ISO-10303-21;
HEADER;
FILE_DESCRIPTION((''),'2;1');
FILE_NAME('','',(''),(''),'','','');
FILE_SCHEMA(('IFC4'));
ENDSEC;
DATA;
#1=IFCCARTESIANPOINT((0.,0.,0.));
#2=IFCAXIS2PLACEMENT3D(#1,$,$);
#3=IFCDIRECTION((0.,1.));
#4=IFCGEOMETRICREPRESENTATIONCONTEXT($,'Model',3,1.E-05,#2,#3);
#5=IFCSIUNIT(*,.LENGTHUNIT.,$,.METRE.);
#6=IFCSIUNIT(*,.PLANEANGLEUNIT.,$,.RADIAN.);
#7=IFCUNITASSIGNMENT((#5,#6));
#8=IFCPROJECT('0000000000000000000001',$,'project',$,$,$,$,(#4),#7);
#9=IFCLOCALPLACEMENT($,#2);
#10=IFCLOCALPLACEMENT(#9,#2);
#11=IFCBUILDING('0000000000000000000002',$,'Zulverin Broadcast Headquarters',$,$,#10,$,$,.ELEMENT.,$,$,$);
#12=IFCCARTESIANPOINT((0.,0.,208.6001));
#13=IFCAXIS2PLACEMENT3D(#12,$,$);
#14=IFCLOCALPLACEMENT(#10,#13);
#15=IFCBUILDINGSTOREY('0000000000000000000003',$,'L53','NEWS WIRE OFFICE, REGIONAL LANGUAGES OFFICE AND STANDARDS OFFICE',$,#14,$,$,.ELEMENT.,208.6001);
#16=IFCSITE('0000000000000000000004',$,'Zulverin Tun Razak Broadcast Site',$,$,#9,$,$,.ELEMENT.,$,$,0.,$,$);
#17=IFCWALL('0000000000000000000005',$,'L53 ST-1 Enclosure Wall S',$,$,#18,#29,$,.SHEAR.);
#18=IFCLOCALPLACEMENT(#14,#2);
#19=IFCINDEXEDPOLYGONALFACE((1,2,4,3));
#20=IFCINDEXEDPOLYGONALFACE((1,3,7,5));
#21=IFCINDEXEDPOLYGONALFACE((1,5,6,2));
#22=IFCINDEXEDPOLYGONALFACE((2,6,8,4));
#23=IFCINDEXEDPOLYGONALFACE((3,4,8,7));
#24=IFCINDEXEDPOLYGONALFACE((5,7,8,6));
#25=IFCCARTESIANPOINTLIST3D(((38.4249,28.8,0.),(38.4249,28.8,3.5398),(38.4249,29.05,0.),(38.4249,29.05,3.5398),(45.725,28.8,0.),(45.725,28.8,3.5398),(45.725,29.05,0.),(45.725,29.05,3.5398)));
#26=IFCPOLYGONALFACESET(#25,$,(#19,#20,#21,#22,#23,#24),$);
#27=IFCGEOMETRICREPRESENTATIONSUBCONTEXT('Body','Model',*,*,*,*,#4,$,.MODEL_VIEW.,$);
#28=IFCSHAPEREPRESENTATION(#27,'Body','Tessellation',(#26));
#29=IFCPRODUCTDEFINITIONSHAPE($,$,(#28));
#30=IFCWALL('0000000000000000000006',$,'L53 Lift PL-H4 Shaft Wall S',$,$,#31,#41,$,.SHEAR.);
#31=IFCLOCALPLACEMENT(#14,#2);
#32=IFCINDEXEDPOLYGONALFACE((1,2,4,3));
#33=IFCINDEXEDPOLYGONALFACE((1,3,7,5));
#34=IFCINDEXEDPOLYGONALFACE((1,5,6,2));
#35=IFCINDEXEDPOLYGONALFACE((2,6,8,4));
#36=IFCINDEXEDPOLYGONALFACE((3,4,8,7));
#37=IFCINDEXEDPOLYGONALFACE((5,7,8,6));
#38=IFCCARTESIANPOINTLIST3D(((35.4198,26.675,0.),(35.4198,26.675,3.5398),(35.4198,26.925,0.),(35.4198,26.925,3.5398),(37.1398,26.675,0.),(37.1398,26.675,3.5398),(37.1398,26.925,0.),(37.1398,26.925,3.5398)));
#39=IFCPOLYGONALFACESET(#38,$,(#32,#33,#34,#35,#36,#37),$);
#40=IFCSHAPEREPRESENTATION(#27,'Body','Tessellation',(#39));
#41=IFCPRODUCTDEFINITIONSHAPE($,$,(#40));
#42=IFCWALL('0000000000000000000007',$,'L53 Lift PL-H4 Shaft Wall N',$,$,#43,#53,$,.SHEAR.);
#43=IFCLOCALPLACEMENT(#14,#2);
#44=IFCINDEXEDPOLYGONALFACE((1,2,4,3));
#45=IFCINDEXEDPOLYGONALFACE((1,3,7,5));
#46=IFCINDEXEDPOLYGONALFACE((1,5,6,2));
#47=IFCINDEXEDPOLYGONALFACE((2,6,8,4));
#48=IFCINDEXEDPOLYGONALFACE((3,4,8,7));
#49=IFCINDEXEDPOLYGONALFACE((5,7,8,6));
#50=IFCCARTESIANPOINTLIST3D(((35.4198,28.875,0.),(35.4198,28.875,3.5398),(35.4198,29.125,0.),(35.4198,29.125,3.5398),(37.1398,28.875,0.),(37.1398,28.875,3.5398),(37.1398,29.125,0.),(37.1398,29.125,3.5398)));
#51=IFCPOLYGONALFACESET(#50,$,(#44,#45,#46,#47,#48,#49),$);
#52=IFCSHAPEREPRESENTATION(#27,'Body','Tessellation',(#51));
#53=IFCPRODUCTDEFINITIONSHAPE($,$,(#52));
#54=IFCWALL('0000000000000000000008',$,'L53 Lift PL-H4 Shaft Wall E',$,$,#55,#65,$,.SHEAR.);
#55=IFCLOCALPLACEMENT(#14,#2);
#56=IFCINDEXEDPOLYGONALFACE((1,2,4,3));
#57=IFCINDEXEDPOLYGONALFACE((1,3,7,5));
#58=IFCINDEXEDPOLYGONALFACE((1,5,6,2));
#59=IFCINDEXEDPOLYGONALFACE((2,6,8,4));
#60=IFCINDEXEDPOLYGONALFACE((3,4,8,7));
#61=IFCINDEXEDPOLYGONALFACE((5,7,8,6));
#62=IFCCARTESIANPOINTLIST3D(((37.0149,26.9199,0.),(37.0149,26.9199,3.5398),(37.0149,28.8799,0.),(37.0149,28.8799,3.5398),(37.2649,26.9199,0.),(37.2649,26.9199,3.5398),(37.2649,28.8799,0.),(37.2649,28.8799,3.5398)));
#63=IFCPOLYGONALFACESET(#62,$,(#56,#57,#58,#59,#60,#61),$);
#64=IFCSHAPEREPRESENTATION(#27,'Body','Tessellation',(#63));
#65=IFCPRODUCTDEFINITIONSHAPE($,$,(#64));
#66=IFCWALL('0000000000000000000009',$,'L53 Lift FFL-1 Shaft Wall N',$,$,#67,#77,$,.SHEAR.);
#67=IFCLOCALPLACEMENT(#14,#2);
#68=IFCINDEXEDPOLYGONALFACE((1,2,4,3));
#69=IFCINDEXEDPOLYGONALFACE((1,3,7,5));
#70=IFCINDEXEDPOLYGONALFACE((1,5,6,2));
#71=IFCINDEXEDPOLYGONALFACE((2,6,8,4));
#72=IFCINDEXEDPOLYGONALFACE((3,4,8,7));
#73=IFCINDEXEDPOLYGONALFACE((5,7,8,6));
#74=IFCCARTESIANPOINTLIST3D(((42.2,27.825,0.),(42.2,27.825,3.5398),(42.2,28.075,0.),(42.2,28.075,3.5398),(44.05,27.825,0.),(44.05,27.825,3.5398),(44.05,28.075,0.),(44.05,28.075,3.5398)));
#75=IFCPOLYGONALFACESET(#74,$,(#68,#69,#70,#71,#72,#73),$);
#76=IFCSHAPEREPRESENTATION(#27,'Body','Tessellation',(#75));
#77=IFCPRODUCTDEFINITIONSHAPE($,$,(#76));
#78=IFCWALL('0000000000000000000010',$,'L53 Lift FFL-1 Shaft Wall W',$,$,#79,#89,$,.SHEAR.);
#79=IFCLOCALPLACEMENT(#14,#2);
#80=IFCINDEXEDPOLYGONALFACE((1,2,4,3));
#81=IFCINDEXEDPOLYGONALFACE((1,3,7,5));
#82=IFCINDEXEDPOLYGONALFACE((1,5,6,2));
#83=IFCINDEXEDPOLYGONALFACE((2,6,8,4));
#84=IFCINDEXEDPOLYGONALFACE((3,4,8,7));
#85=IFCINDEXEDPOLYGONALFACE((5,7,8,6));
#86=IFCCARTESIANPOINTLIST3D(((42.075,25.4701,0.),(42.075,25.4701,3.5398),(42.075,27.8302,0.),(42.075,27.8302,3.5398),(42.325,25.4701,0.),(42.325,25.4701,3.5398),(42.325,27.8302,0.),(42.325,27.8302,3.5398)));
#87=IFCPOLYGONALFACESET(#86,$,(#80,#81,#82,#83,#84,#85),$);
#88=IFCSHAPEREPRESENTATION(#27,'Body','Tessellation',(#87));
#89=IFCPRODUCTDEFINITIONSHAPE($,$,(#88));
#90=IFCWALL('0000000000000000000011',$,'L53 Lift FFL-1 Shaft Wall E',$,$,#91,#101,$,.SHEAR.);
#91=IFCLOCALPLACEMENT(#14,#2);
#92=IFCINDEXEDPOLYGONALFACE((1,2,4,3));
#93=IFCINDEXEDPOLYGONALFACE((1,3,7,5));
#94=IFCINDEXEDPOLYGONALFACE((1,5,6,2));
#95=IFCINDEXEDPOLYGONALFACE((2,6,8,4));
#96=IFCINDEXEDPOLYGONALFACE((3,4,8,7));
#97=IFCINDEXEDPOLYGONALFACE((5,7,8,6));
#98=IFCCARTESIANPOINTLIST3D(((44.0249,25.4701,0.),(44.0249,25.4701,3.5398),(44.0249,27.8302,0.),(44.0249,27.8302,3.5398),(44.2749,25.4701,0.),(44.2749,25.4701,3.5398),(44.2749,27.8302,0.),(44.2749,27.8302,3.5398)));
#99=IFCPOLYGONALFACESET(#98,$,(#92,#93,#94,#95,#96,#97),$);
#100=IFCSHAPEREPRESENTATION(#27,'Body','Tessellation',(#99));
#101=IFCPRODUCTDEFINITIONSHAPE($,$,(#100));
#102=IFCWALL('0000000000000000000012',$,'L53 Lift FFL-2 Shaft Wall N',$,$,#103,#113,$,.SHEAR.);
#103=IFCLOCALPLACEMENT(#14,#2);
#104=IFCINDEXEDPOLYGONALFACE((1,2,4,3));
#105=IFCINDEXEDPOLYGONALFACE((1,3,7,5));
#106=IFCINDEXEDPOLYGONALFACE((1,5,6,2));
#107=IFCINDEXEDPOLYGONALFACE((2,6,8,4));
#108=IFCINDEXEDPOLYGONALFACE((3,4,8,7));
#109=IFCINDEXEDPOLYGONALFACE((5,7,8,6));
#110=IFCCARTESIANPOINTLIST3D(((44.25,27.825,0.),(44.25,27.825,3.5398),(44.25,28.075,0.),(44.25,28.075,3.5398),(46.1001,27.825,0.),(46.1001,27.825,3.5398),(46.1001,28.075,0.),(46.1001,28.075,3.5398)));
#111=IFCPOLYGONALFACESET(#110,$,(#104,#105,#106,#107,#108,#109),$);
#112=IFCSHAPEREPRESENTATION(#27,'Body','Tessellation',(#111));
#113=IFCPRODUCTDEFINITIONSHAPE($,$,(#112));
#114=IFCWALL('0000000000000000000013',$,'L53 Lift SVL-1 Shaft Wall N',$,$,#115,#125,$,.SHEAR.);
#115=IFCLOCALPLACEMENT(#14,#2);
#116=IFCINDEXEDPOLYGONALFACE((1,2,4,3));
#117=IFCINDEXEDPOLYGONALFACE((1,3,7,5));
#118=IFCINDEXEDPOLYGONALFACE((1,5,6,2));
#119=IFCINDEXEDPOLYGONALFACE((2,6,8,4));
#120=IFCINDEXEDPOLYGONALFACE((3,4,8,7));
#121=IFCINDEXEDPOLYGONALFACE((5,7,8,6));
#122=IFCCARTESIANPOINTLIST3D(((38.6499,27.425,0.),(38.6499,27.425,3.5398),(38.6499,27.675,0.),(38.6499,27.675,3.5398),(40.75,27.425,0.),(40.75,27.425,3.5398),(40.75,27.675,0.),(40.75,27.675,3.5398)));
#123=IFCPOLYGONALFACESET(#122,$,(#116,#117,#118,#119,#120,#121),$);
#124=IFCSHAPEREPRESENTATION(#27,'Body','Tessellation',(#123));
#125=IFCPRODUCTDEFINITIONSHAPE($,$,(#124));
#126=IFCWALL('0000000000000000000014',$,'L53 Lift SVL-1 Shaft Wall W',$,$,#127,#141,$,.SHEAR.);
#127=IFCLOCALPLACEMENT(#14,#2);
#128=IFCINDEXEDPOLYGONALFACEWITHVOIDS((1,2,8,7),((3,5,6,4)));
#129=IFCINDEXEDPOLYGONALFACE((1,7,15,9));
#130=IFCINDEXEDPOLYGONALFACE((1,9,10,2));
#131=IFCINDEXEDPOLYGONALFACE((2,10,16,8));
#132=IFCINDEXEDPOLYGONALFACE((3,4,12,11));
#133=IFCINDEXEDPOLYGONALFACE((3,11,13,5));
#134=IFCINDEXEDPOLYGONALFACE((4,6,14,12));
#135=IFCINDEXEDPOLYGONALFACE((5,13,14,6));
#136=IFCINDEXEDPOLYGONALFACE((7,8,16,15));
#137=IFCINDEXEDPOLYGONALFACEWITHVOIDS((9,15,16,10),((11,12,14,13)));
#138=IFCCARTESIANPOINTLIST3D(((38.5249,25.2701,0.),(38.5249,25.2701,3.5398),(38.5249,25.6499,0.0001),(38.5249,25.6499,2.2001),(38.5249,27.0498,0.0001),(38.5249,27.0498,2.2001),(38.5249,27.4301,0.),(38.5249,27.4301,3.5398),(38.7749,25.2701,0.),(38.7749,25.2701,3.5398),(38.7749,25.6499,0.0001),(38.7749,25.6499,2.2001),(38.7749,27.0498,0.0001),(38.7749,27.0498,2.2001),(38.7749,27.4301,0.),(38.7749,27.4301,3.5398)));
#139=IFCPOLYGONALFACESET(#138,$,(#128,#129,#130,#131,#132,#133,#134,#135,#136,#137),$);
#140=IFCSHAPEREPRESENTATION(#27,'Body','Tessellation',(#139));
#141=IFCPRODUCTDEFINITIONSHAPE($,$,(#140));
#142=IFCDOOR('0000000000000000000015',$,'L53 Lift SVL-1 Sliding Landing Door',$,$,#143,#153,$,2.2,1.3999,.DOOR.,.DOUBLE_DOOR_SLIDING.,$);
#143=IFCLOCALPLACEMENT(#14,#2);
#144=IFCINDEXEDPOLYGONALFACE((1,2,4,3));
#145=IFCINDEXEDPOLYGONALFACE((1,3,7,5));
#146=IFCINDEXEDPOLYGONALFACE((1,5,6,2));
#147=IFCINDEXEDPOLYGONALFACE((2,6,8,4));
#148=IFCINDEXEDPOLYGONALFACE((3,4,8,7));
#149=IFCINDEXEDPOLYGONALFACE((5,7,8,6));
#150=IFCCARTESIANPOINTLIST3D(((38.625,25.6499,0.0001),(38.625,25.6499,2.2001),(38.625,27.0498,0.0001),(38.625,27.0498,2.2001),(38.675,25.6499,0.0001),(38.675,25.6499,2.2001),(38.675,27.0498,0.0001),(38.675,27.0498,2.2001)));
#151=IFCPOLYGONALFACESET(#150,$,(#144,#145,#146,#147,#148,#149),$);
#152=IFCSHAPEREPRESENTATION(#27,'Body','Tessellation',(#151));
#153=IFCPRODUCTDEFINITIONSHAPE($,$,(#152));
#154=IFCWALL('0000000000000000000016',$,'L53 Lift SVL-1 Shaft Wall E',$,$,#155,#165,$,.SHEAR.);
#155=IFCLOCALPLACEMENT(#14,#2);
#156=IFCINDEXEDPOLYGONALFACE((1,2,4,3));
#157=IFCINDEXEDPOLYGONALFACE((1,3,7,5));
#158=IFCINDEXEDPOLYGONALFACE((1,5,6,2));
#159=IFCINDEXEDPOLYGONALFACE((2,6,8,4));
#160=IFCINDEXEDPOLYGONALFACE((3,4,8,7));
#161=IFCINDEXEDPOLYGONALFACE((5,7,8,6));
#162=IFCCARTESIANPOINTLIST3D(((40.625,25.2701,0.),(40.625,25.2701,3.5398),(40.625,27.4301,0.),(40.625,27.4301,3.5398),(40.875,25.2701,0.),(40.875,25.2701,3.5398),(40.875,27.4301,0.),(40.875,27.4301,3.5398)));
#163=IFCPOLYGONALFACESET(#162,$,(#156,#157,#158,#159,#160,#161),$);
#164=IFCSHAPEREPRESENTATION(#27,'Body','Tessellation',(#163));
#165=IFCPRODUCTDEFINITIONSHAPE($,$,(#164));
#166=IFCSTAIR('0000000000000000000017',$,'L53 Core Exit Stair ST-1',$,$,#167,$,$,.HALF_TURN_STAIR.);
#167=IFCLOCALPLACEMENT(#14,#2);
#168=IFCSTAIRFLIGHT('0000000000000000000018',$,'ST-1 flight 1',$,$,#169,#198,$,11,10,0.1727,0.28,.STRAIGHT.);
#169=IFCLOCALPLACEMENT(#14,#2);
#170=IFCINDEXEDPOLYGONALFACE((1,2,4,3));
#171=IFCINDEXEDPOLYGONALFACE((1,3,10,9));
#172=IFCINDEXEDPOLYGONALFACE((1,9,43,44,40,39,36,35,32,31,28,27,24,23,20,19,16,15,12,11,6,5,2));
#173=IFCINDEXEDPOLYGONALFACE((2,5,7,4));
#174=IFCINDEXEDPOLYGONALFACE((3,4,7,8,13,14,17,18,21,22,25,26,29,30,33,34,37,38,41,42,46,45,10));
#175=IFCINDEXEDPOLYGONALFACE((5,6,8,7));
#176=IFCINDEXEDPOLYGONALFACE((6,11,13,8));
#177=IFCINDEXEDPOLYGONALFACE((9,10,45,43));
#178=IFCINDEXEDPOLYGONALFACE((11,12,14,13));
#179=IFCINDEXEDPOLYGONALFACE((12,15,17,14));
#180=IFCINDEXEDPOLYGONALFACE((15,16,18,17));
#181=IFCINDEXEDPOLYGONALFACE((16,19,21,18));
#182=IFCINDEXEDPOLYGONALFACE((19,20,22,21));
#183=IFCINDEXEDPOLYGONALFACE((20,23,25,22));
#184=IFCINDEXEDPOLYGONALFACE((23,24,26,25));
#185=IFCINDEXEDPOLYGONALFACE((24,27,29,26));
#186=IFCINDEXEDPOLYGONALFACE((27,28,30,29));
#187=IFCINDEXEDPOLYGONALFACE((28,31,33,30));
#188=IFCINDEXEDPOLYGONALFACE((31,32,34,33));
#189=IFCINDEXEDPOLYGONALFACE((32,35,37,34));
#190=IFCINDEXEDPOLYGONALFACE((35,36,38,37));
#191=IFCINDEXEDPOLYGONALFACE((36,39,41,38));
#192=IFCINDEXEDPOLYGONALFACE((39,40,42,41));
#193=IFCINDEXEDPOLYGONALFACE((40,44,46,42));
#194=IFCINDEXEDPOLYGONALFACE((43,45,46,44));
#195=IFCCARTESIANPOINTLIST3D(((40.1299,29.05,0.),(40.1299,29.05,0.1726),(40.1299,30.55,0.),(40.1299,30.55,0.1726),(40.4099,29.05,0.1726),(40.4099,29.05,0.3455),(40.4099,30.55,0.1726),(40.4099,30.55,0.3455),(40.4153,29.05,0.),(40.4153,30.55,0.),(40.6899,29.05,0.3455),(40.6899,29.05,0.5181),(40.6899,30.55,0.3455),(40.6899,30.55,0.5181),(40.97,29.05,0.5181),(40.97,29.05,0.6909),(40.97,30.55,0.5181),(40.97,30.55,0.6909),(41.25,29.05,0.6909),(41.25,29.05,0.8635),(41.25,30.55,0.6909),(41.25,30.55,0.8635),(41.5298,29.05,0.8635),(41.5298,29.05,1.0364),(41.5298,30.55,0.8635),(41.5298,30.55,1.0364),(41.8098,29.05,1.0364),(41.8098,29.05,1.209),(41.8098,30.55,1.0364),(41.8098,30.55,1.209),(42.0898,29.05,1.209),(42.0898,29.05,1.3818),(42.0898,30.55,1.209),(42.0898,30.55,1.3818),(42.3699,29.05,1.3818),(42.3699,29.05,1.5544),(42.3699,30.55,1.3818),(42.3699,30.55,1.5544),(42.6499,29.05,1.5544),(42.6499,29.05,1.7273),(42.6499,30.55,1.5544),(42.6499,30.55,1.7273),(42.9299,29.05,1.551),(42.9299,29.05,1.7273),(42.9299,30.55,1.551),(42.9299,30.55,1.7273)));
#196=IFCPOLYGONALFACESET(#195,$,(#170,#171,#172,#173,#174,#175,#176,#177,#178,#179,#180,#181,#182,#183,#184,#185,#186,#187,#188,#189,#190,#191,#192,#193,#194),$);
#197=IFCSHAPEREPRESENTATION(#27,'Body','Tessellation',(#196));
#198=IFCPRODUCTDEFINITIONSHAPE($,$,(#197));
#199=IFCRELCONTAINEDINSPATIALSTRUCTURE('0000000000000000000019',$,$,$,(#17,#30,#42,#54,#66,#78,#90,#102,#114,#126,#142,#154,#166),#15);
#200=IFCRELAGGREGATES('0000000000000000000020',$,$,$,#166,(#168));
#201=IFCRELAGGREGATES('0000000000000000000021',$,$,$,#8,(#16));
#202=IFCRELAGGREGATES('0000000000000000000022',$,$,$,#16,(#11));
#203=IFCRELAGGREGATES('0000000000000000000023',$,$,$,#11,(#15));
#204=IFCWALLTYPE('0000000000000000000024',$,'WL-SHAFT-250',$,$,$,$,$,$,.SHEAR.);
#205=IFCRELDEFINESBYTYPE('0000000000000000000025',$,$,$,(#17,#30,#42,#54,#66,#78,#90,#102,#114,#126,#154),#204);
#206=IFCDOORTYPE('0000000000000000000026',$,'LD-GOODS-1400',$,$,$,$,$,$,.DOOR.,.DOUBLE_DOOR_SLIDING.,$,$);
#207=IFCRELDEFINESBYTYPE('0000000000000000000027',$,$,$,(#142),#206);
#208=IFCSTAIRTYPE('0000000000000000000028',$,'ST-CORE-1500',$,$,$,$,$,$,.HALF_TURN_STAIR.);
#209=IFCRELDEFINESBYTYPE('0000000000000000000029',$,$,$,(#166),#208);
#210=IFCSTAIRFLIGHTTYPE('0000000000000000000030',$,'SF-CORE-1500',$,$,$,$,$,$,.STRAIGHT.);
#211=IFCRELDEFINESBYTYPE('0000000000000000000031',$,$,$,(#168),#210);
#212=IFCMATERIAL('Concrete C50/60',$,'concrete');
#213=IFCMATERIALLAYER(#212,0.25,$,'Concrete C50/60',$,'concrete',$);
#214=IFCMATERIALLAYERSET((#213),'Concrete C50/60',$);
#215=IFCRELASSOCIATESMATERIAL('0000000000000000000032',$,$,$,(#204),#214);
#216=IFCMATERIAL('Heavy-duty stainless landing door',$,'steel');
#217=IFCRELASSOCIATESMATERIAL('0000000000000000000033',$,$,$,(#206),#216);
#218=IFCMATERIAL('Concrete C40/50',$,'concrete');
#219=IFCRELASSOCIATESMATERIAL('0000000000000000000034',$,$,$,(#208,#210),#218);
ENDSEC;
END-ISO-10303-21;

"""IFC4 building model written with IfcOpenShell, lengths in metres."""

from ifc_helpers import new_model, si_unit, direction, frame, frame_2d, origin, place, context, subcontext, project, spatial, polyline, rectangle, outline, extrude, material, layer, layer_set, type_object, element, fill, aggregate, save


model = new_model("IFC4")

# Units and contexts
model_context = context("Model", 3, precision=1e-05, world=origin(), true_north=direction((0.0, 1.0)))
body_context = subcontext(model_context, "Body", "Model", "MODEL_VIEW")
ifc_project = project(units=[si_unit("LENGTHUNIT", "METRE"), si_unit("PLANEANGLEUNIT", "RADIAN")], contexts=[model_context])

# Site, building, storey
site_placement = place(None, origin())
site = spatial("IfcSite", under=ifc_project, at=site_placement, Name="Zulverin Tun Razak Broadcast Site", CompositionType="ELEMENT", RefElevation=0.0)
building_placement = place(site_placement, origin())
building = spatial("IfcBuilding", under=site, at=building_placement, Name="Zulverin Broadcast Headquarters", CompositionType="ELEMENT")
storey_placement = place(building_placement, frame((0.0, 0.0, 208.6001)))
storey = spatial("IfcBuildingStorey", under=building, at=storey_placement, Name="L53", Description="NEWS WIRE OFFICE, REGIONAL LANGUAGES OFFICE AND STANDARDS OFFICE", CompositionType="ELEMENT", Elevation=208.6001)

# Wall
ifc_material_1 = material(Name="Concrete C50/60", Category="concrete")
ifc_layer = layer(ifc_material_1, 0.25, Name="Concrete C50/60", Category="concrete")
ifc_layer_set = layer_set([ifc_layer], Name="Concrete C50/60")
wall_type = type_object("IfcWallType", Name="WL-SHAFT-250", PredefinedType="SHEAR", material=ifc_layer_set)
wall_1_placement = place(storey_placement, frame((38.425, 28.925, 0.0), z_axis=(0.0, 0.0, 1.0), x_axis=(1.0, 0.0, 0.0)))
element("IfcWall", 1, at=wall_1_placement, inside=storey, type_object=wall_type, Name="L53 ST-1 Enclosure Wall S", PredefinedType="SHEAR", context=body_context, shape_type="SweptSolid", body=[
    extrude(rectangle(XDim=7.3, YDim=0.25, at=frame_2d((3.6499, 0.0))), origin(), (0.0, 0.0, 1.0), 3.5398),
])

# Walls
for number, where, z_axis, x_axis, name in (
    (2, (35.4199, 26.8, 0.0), (0.0, 0.0, 1.0), (1.0, 0.0, 0.0), "L53 Lift PL-H4 Shaft Wall S"),
    (3, (35.4199, 29.0, 0.0), (0.0, 0.0, 1.0), (1.0, 0.0, 0.0), "L53 Lift PL-H4 Shaft Wall N"),
):
    element("IfcWall", number, at=place(storey_placement, frame(where, z_axis=z_axis, x_axis=x_axis)), inside=storey, type_object=wall_type, Name=name, PredefinedType="SHEAR", context=body_context, shape_type="SweptSolid", body=[
        extrude(rectangle(XDim=1.72, YDim=0.25, at=frame_2d((0.8599, 0.0))), origin(), (0.0, 0.0, 1.0), 3.5398),
    ])
wall_2_placement = place(storey_placement, frame((37.1399, 26.9199, 0.0), z_axis=(0.0, 0.0, 1.0), x_axis=(0.0, 1.0, 0.0)))
element("IfcWall", 4, at=wall_2_placement, inside=storey, type_object=wall_type, Name="L53 Lift PL-H4 Shaft Wall E", PredefinedType="SHEAR", context=body_context, shape_type="SweptSolid", body=[
    extrude(rectangle(XDim=1.96, YDim=0.25, at=frame_2d((0.98, 0.0))), origin(), (0.0, 0.0, 1.0), 3.5398),
])

# Walls
wall_3_placement = place(storey_placement, frame((42.2, 27.95, 0.0), z_axis=(0.0, 0.0, 1.0), x_axis=(1.0, 0.0, 0.0)))
element("IfcWall", 5, at=wall_3_placement, inside=storey, type_object=wall_type, Name="L53 Lift FFL-1 Shaft Wall N", PredefinedType="SHEAR", context=body_context, shape_type="SweptSolid", body=[
    extrude(rectangle(XDim=1.8501, YDim=0.25, at=frame_2d((0.925, 0.0))), origin(), (0.0, 0.0, 1.0), 3.5398),
])
for number, where, z_axis, x_axis, name in (
    (6, (42.2, 25.47, 0.0), (0.0, 0.0, 1.0), (0.0, 1.0, 0.0), "L53 Lift FFL-1 Shaft Wall W"),
    (7, (44.1499, 25.47, 0.0), (0.0, 0.0, 1.0), (0.0, 1.0, 0.0), "L53 Lift FFL-1 Shaft Wall E"),
):
    element("IfcWall", number, at=place(storey_placement, frame(where, z_axis=z_axis, x_axis=x_axis)), inside=storey, type_object=wall_type, Name=name, PredefinedType="SHEAR", context=body_context, shape_type="SweptSolid", body=[
        extrude(rectangle(XDim=2.3601, YDim=0.25, at=frame_2d((1.1802, 0.0))), origin(), (0.0, 0.0, 1.0), 3.5398),
    ])

# Walls
wall_4_placement = place(storey_placement, frame((44.25, 27.95, 0.0), z_axis=(0.0, 0.0, 1.0), x_axis=(1.0, 0.0, 0.0)))
element("IfcWall", 8, at=wall_4_placement, inside=storey, type_object=wall_type, Name="L53 Lift FFL-2 Shaft Wall N", PredefinedType="SHEAR", context=body_context, shape_type="SweptSolid", body=[
    extrude(rectangle(XDim=1.8501, YDim=0.25, at=frame_2d((0.925, 0.0))), origin(), (0.0, 0.0, 1.0), 3.5398),
])
wall_5_placement = place(storey_placement, frame((38.6499, 27.55, 0.0), z_axis=(0.0, 0.0, 1.0), x_axis=(1.0, 0.0, 0.0)))
element("IfcWall", 9, at=wall_5_placement, inside=storey, type_object=wall_type, Name="L53 Lift SVL-1 Shaft Wall N", PredefinedType="SHEAR", context=body_context, shape_type="SweptSolid", body=[
    extrude(rectangle(XDim=2.1001, YDim=0.25, at=frame_2d((1.05, 0.0))), origin(), (0.0, 0.0, 1.0), 3.5398),
])

# Wall, opening, door
wall_6_placement = place(storey_placement, frame((38.6499, 25.27, 0.0), z_axis=(0.0, 0.0, 1.0), x_axis=(0.0, 1.0, 0.0)))
wall_6 = element("IfcWall", 10, at=wall_6_placement, inside=storey, type_object=wall_type, Name="L53 Lift SVL-1 Shaft Wall W", PredefinedType="SHEAR", context=body_context, shape_type="SweptSolid", body=[
    extrude(rectangle(XDim=2.1599, YDim=0.25, at=frame_2d((1.0801, 0.0))), origin(), (0.0, 0.0, 1.0), 3.5398),
])
opening_1_placement = place(wall_6_placement, frame((0.3799, 0.0, 0.0)))
opening_1 = element("IfcOpeningElement", 11, at=opening_1_placement, cuts=wall_6, PredefinedType="OPENING", context=body_context, shape_type="SweptSolid", body=[
    extrude(rectangle(XDim=1.3999, YDim=2.2, at=frame_2d((0.7, 1.1001))), frame((0.0, 0.135, 0.0), z_axis=(0.0, -1.0, 0.0), x_axis=(1.0, 0.0, 0.0)), (0.0, 0.0, 1.0), 0.27),
])
ifc_material_2 = material(Name="Heavy-duty stainless landing door", Category="steel")
door_type_1 = type_object("IfcDoorType", Name="LD-GOODS-1400", OperationType="DOUBLE_DOOR_SLIDING", PredefinedType="DOOR", material=ifc_material_2)
door_1_placement = place(opening_1_placement, origin())
door_1 = element("IfcDoor", 12, at=door_1_placement, inside=storey, type_object=door_type_1, Name="L53 Lift SVL-1 Sliding Landing Door", OperationType="DOUBLE_DOOR_SLIDING", OverallHeight=2.2, OverallWidth=1.3999, PredefinedType="DOOR", context=body_context, shape_type="SweptSolid", body=[
    extrude(rectangle(XDim=1.3999, YDim=2.2, at=frame_2d((0.7, 1.1001))), frame((0.0, 0.0249, 0.0), z_axis=(0.0, -1.0, 0.0), x_axis=(1.0, 0.0, 0.0)), (0.0, 0.0, 1.0), 0.05),
])
fill(opening_1, door_1)

# Wall
wall_7_placement = place(storey_placement, frame((40.75, 25.27, 0.0), z_axis=(0.0, 0.0, 1.0), x_axis=(0.0, 1.0, 0.0)))
element("IfcWall", 13, at=wall_7_placement, inside=storey, type_object=wall_type, Name="L53 Lift SVL-1 Shaft Wall E", PredefinedType="SHEAR", context=body_context, shape_type="SweptSolid", body=[
    extrude(rectangle(XDim=2.1599, YDim=0.25, at=frame_2d((1.0801, 0.0))), origin(), (0.0, 0.0, 1.0), 3.5398),
])

# Stair, stair flight
ifc_material_3 = material(Name="Concrete C40/50", Category="concrete")
stair_type = type_object("IfcStairType", Name="ST-CORE-1500", PredefinedType="HALF_TURN_STAIR", material=ifc_material_3)
stair_placement = place(storey_placement, origin())
stair = element("IfcStair", 14, at=stair_placement, inside=storey, type_object=stair_type, Name="L53 Core Exit Stair ST-1", PredefinedType="HALF_TURN_STAIR")
stair_flight_type = type_object("IfcStairFlightType", Name="SF-CORE-1500", PredefinedType="STRAIGHT", material=ifc_material_3)
stair_flight_placement = place(storey_placement, frame((40.1299, 29.8, 0.0), z_axis=(0.0, 0.0, 1.0), x_axis=(1.0, 0.0, 0.0)))
stair_flight = element("IfcStairFlight", 15, at=stair_flight_placement, type_object=stair_flight_type, Name="ST-1 flight 1", NumberOfRisers=11, NumberOfTreads=10, PredefinedType="STRAIGHT", RiserHeight=0.1727, TreadLength=0.28, context=body_context, shape_type="SweptSolid", body=[
    extrude(outline(polyline([(0.0, 0.0), (0.0, 0.1726), (0.28, 0.1726), (0.28, 0.3455), (0.5601, 0.3455), (0.5601, 0.5181), (0.8401, 0.5181), (0.8401, 0.6909), (1.1201, 0.6909), (1.1201, 0.8635), (1.3999, 0.8635), (1.3999, 1.0364), (1.6799, 1.0364), (1.6799, 1.209), (1.96, 1.209), (1.96, 1.3818), (2.24, 1.3818), (2.24, 1.5544), (2.52, 1.5544), (2.52, 1.7273), (2.8, 1.7273), (2.8, 1.8999), (2.8, 1.551), (0.2854, 0.0), (0.0, 0.0)])), frame((0.0, 0.75, 0.0), z_axis=(0.0, -1.0, 0.0), x_axis=(1.0, 0.0, 0.0)), (0.0, 0.0, 1.0), 1.5),
])
aggregate(stair, [stair_flight])

save(model, "model.ifc")
